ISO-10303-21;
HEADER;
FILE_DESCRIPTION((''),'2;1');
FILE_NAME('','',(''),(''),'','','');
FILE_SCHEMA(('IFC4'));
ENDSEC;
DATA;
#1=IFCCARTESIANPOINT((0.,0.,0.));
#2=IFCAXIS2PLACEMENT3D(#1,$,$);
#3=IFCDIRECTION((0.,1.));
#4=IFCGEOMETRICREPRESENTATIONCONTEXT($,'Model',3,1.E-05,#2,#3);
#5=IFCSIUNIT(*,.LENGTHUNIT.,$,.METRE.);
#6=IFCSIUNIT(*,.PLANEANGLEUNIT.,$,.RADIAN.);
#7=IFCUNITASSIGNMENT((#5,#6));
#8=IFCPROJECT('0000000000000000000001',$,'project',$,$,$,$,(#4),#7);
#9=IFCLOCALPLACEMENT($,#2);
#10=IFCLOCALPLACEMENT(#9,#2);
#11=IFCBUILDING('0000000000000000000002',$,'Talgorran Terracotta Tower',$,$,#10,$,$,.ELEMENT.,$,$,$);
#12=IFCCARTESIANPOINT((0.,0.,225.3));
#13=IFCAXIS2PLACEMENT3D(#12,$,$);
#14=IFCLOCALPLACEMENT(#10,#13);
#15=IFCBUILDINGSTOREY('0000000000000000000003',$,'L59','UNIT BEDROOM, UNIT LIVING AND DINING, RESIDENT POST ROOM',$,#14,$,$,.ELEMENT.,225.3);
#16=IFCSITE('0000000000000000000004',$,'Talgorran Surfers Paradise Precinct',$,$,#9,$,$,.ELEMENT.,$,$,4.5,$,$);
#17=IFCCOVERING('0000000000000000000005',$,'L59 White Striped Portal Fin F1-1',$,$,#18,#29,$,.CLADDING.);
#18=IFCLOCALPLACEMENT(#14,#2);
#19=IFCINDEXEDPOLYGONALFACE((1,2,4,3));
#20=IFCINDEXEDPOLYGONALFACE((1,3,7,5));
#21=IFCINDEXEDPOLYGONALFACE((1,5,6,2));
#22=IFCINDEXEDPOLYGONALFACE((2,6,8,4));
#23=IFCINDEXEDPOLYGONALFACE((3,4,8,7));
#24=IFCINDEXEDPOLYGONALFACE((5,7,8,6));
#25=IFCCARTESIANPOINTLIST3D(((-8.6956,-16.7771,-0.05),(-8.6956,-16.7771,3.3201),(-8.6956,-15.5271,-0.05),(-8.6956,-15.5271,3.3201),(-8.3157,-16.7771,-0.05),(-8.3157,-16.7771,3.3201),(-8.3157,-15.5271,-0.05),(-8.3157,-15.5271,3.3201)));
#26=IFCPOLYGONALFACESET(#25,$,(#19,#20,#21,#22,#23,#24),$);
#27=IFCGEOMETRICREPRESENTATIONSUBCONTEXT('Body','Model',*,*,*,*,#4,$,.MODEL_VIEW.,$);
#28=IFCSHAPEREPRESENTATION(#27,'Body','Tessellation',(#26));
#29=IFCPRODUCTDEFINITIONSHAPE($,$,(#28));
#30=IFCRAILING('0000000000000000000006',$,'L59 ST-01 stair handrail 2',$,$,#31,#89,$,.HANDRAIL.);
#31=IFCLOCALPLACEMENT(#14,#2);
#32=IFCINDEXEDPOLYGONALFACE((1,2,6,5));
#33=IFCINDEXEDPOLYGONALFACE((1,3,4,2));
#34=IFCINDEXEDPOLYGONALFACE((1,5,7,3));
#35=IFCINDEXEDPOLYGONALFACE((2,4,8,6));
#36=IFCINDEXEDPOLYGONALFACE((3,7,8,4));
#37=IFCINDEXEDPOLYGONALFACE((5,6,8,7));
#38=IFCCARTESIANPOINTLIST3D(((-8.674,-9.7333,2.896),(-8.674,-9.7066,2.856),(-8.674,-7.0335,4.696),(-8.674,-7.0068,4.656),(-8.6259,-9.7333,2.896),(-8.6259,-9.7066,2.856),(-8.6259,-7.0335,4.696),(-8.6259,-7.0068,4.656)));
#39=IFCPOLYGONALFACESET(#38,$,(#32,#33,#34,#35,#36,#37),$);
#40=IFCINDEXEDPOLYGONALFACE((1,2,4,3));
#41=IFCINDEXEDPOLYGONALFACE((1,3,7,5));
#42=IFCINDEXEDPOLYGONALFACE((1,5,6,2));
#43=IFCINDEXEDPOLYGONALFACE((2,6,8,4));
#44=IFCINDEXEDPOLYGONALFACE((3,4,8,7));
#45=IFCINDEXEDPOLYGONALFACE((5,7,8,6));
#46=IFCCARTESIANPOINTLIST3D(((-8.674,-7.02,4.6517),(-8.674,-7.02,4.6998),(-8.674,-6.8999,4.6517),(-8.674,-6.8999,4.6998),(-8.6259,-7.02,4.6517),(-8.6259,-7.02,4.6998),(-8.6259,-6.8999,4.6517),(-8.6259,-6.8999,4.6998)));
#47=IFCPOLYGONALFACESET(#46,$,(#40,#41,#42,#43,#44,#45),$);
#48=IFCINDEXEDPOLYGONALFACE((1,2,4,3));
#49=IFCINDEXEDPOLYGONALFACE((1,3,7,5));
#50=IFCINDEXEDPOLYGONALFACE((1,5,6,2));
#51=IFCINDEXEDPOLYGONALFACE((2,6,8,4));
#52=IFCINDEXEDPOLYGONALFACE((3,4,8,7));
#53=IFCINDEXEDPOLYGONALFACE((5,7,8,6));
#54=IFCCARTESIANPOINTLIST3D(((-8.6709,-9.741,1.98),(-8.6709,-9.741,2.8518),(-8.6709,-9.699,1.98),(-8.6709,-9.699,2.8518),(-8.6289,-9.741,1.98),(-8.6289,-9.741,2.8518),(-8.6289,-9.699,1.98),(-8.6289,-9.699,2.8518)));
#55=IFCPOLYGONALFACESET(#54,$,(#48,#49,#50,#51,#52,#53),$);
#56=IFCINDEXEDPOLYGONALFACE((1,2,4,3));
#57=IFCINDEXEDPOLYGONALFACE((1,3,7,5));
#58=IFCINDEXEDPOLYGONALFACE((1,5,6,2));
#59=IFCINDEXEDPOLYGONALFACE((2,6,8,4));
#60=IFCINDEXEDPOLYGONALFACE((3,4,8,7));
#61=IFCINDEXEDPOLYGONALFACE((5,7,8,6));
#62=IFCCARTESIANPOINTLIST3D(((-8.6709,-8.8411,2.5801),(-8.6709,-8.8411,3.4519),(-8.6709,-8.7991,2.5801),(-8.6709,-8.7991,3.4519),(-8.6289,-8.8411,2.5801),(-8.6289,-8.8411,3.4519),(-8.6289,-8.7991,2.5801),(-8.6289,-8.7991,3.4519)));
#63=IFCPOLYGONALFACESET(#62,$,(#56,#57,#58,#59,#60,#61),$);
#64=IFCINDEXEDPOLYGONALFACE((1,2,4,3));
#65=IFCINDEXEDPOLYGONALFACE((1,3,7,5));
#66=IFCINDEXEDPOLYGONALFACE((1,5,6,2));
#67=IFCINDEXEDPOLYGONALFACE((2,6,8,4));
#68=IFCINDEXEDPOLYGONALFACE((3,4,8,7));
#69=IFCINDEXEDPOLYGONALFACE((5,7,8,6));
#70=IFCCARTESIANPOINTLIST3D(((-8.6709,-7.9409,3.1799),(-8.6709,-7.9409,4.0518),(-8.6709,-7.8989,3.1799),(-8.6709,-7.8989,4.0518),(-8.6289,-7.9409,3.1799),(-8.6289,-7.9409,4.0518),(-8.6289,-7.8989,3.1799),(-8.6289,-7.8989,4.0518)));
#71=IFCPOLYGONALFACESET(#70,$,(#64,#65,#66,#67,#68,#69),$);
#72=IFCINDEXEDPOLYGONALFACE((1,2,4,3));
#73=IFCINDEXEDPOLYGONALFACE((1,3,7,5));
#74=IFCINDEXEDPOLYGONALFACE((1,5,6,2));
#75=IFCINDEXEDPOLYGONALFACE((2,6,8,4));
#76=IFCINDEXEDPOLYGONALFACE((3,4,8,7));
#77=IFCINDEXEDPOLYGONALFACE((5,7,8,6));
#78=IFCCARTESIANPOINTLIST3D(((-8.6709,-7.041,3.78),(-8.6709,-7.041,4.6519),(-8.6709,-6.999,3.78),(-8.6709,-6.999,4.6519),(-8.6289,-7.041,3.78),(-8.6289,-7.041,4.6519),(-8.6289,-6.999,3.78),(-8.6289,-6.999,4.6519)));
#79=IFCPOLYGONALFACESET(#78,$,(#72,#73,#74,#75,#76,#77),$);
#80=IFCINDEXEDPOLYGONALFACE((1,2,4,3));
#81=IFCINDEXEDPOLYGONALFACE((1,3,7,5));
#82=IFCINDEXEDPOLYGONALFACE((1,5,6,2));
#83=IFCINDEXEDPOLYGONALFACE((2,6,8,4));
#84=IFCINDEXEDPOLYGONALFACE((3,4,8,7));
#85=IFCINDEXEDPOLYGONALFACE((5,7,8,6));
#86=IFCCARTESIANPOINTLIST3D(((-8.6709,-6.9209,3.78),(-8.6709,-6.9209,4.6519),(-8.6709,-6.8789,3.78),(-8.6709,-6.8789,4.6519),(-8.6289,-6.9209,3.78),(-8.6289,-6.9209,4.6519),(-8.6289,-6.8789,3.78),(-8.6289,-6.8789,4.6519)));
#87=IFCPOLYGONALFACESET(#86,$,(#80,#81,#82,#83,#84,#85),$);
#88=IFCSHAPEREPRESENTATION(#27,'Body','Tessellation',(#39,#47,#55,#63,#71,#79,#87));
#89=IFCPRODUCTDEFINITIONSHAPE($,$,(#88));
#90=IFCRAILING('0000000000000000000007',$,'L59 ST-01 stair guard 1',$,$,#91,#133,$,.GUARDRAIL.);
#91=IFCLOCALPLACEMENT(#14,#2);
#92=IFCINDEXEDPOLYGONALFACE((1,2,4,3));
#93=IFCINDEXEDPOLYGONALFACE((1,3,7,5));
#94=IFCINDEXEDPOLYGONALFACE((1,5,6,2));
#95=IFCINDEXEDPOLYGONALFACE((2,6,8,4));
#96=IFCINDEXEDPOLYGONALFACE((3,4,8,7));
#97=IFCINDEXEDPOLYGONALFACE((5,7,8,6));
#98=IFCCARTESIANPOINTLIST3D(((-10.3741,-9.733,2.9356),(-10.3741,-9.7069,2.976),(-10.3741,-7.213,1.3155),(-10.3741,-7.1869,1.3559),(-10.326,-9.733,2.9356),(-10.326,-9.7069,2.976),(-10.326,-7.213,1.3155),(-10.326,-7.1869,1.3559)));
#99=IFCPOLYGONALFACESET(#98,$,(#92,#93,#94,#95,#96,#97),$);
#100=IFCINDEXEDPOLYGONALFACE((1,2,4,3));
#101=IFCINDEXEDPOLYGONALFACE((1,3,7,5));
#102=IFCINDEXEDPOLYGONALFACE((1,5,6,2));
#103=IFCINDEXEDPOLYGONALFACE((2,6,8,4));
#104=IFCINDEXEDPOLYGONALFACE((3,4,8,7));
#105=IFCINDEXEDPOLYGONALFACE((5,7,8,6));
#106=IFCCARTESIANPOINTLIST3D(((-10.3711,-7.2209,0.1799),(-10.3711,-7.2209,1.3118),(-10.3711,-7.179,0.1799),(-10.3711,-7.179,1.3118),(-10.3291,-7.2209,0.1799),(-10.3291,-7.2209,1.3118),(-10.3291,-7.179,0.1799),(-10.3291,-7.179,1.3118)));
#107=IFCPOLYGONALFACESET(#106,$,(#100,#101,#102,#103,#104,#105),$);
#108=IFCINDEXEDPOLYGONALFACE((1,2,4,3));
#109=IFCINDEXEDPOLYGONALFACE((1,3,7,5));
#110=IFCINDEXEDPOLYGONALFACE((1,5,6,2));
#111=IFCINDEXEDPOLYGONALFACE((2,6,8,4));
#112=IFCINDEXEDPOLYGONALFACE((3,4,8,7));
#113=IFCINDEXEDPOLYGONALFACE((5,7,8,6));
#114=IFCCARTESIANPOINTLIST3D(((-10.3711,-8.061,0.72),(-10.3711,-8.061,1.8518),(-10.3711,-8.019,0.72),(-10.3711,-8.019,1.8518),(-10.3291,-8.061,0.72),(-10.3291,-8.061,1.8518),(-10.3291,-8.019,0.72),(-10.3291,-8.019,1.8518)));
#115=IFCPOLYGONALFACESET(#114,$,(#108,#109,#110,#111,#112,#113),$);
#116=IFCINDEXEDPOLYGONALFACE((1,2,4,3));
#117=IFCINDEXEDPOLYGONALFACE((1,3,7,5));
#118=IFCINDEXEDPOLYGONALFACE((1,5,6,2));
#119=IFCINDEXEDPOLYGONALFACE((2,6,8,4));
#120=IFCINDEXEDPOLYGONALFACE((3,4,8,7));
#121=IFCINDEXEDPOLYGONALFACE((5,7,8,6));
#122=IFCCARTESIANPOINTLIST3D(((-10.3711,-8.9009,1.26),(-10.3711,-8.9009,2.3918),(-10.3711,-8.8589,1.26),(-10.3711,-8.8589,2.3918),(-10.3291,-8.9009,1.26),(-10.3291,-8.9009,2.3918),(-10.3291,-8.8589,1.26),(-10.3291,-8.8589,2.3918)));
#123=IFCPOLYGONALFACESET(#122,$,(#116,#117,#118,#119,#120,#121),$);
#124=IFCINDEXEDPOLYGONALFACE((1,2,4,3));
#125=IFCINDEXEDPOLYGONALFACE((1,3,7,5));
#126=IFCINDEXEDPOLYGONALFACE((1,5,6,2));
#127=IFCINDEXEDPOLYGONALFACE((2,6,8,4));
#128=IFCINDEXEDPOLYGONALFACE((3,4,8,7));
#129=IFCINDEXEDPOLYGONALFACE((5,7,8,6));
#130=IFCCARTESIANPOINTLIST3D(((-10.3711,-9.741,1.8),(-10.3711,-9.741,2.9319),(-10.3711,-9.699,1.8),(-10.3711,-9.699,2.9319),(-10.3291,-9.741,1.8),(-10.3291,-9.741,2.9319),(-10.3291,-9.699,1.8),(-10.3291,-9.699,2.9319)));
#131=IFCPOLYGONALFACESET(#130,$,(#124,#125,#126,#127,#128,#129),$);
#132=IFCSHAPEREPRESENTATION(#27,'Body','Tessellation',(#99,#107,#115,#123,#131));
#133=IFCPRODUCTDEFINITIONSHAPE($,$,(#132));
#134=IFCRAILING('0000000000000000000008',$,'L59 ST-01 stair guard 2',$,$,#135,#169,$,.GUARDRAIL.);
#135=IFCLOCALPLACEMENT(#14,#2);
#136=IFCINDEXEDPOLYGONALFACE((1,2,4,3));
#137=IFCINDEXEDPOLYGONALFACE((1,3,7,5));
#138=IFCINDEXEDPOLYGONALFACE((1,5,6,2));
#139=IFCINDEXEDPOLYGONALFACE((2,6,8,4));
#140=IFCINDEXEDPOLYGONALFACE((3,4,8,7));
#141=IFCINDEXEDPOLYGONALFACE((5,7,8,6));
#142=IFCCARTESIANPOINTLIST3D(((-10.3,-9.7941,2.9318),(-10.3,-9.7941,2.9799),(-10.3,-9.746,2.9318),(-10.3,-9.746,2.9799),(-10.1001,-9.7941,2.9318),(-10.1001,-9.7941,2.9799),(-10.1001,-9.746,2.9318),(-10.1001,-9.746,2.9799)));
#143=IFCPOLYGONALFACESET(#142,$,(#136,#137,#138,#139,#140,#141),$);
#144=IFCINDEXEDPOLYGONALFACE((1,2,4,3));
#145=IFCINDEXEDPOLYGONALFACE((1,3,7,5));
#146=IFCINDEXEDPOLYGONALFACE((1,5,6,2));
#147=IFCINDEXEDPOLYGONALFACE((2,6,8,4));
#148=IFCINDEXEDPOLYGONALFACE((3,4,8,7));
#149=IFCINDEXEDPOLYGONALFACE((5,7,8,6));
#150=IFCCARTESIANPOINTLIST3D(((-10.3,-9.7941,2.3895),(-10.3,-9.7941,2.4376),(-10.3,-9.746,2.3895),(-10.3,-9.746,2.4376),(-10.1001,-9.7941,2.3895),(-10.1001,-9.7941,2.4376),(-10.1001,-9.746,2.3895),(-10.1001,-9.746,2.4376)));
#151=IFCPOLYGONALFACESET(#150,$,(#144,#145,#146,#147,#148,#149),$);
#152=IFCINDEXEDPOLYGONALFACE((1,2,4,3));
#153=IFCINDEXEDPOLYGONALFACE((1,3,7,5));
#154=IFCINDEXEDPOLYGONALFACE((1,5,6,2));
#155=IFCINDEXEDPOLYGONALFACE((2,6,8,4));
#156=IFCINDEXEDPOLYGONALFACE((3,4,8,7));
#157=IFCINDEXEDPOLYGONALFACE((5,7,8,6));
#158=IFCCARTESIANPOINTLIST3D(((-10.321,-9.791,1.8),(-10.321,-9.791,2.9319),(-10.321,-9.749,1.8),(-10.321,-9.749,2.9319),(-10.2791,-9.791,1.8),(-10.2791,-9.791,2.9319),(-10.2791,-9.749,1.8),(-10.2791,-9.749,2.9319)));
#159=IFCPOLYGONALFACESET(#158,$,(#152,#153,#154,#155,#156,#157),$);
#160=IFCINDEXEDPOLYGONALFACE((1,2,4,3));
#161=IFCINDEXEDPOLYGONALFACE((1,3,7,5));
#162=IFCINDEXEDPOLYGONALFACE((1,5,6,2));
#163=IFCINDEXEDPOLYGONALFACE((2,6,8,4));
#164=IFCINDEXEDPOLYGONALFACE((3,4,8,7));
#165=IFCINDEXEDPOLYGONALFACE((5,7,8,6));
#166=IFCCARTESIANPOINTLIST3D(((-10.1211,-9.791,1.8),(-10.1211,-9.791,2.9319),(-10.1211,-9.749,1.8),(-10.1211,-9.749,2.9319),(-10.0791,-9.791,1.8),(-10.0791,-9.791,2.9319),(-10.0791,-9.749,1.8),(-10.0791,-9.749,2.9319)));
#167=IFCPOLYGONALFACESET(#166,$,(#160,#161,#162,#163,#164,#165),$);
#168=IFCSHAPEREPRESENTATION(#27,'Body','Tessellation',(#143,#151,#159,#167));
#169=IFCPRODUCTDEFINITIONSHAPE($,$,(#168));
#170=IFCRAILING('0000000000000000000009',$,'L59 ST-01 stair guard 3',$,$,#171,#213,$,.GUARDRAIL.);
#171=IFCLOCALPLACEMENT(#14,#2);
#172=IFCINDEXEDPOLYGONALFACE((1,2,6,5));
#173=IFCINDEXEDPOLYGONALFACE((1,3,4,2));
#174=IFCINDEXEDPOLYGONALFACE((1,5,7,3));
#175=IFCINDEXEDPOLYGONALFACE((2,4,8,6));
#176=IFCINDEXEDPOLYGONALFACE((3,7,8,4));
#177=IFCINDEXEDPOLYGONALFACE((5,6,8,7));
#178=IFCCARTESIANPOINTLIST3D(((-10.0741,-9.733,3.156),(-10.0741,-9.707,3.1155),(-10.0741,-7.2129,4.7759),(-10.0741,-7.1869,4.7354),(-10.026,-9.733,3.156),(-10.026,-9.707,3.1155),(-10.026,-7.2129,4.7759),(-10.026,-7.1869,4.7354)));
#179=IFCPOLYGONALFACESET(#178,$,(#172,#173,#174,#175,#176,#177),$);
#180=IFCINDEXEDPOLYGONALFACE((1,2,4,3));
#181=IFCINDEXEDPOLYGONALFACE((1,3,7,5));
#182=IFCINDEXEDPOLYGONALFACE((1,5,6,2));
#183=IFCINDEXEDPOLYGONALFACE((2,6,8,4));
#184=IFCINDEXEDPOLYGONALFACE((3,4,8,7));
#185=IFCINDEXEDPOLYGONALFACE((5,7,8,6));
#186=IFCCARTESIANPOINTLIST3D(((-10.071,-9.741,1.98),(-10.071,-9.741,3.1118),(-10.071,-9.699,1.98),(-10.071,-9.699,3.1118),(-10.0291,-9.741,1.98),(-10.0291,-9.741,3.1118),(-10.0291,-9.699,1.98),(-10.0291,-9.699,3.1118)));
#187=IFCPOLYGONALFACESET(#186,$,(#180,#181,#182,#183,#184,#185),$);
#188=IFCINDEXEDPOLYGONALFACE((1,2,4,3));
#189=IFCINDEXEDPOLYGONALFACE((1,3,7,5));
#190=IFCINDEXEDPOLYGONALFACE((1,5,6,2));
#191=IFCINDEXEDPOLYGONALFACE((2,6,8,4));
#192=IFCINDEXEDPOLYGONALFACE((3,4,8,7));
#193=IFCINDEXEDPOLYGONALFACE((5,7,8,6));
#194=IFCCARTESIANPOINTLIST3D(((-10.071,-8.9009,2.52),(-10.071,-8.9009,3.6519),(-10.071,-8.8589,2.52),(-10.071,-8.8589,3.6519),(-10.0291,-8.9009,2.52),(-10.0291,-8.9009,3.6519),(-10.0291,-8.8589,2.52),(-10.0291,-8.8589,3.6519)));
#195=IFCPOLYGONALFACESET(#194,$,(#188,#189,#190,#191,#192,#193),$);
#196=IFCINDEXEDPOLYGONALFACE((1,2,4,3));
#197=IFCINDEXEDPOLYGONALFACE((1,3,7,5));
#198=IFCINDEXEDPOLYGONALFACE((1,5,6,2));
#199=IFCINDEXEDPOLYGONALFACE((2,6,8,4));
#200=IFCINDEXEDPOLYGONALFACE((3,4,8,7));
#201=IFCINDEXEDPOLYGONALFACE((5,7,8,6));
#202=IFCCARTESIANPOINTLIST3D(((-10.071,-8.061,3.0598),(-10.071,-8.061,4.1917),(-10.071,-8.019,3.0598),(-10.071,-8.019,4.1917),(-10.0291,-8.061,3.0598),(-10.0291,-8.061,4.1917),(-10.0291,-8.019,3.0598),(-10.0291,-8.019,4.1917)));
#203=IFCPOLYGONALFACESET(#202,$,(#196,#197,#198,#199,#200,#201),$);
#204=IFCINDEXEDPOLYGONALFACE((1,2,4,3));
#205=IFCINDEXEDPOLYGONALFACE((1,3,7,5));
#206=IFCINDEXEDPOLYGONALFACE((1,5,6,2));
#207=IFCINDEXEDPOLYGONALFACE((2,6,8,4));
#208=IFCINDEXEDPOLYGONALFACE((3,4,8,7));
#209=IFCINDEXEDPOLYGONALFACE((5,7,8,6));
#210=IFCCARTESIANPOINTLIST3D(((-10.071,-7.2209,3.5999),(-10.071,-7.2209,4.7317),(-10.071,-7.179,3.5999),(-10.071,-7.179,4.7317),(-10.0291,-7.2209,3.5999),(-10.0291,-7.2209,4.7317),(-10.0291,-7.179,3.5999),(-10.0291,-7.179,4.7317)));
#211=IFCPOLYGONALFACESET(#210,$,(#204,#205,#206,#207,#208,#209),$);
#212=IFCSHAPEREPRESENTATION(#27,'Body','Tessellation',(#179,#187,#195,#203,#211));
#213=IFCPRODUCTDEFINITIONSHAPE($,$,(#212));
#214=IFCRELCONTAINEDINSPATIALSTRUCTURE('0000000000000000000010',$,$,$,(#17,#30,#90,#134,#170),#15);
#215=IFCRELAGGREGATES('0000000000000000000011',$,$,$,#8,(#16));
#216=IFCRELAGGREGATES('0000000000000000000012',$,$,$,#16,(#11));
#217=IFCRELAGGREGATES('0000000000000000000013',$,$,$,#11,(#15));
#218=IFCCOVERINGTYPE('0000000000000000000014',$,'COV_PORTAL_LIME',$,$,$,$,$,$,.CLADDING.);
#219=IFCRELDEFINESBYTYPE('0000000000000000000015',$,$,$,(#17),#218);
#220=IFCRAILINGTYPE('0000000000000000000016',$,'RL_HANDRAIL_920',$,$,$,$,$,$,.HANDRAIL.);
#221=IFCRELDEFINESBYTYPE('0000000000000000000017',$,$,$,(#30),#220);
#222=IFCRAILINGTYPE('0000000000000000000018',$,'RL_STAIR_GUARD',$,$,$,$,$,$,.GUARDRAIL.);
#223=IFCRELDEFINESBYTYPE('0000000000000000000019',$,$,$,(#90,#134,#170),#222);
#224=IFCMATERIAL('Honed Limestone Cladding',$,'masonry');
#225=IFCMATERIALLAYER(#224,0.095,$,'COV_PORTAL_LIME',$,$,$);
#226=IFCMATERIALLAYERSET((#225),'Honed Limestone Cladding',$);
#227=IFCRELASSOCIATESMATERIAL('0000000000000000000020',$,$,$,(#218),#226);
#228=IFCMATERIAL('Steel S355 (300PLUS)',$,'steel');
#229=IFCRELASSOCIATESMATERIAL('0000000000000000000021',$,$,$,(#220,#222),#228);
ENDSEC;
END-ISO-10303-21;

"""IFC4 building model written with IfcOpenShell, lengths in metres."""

from ifc_helpers import new_model, si_unit, direction, frame, origin, origin_2d, place, context, subcontext, project, spatial, rectangle, extrude, material, layer, layer_set, type_object, element, save


model = new_model("IFC4")

# Units and contexts
model_context = context("Model", 3, precision=1e-05, world=origin(), true_north=direction((0.0, 1.0)))
body_context = subcontext(model_context, "Body", "Model", "MODEL_VIEW")
ifc_project = project(units=[si_unit("LENGTHUNIT", "METRE"), si_unit("PLANEANGLEUNIT", "RADIAN")], contexts=[model_context])

# Site, building, storey
site_placement = place(None, origin())
site = spatial("IfcSite", under=ifc_project, at=site_placement, Name="Talgorran Surfers Paradise Precinct", CompositionType="ELEMENT", RefElevation=4.5)
building_placement = place(site_placement, origin())
building = spatial("IfcBuilding", under=site, at=building_placement, Name="Talgorran Terracotta Tower", CompositionType="ELEMENT")
storey_placement = place(building_placement, frame((0.0, 0.0, 225.3)))
storey = spatial("IfcBuildingStorey", under=building, at=storey_placement, Name="L59", Description="UNIT BEDROOM, UNIT LIVING AND DINING, RESIDENT POST ROOM", CompositionType="ELEMENT", Elevation=225.3)

# Shared definitions
ifc_material_1 = material(Name="Steel S355 (300PLUS)", Category="steel")

# Covering
ifc_material_2 = material(Name="Honed Limestone Cladding", Category="masonry")
ifc_layer_1 = layer(ifc_material_2, 0.095, Name="COV_PORTAL_LIME")
ifc_layer_set_1 = layer_set([ifc_layer_1], Name="Honed Limestone Cladding")
covering_type_1 = type_object("IfcCoveringType", Name="COV_PORTAL_LIME", PredefinedType="CLADDING", material=ifc_layer_set_1)
covering_1_placement = place(storey_placement, frame((-8.5056, -16.1521, -0.05), z_axis=(0.0, 0.0, 1.0), x_axis=(1.0, 0.0, 0.0)))
element("IfcCovering", 1, at=covering_1_placement, inside=storey, type_object=covering_type_1, Name="L59 White Striped Portal Fin F1-1", PredefinedType="CLADDING", context=body_context, shape_type="SweptSolid", body=[
    extrude(rectangle(XDim=0.3799, YDim=1.25, at=origin_2d()), origin(), (0.0, 0.0, 1.0), 3.3701),
])

# Railings
railing_type_1 = type_object("IfcRailingType", Name="RL_HANDRAIL_920", PredefinedType="HANDRAIL", material=ifc_material_1)
railing_1_placement = place(storey_placement, frame((-8.6499, -9.72, 1.98)))
element("IfcRailing", 2, at=railing_1_placement, inside=storey, type_object=railing_type_1, Name="L59 ST-01 stair handrail 2", PredefinedType="HANDRAIL", context=body_context, shape_type="SweptSolid", body=[
    extrude(rectangle(XDim=0.0481, YDim=0.0481, at=origin_2d()), frame((0.0, 0.0, 0.896), z_axis=(0.0, 0.832039, 0.554718), x_axis=(-1.0, 0.0, 0.0)), (0.0, 0.0, 1.0), 3.2449),
    extrude(rectangle(XDim=0.0481, YDim=0.0481, at=origin_2d()), frame((0.0, 2.7, 2.6958), z_axis=(0.0, 1.0, 0.0), x_axis=(-1.0, 0.0, 0.0)), (0.0, 0.0, 1.0), 0.1201),
    extrude(rectangle(XDim=0.042, YDim=0.042, at=origin_2d()), origin(), (0.0, 0.0, 1.0), 0.8718),
    extrude(rectangle(XDim=0.042, YDim=0.042, at=origin_2d()), frame((0.0, 0.8999, 0.6001)), (0.0, 0.0, 1.0), 0.8718),
    extrude(rectangle(XDim=0.042, YDim=0.042, at=origin_2d()), frame((0.0, 1.8, 1.2)), (0.0, 0.0, 1.0), 0.8718),
    extrude(rectangle(XDim=0.042, YDim=0.042, at=origin_2d()), frame((0.0, 2.7, 1.8)), (0.0, 0.0, 1.0), 0.8718),
    extrude(rectangle(XDim=0.042, YDim=0.042, at=origin_2d()), frame((0.0, 2.8201, 1.8)), (0.0, 0.0, 1.0), 0.8718),
])
railing_type_2 = type_object("IfcRailingType", Name="RL_STAIR_GUARD", PredefinedType="GUARDRAIL", material=ifc_material_1)
railing_2_placement = place(storey_placement, frame((-10.3501, -7.2, 0.1799)))
element("IfcRailing", 3, at=railing_2_placement, inside=storey, type_object=railing_type_2, Name="L59 ST-01 stair guard 1", PredefinedType="GUARDRAIL", context=body_context, shape_type="SweptSolid", body=[
    extrude(rectangle(XDim=0.0481, YDim=0.0481, at=origin_2d()), frame((0.0, 0.0, 1.1558), z_axis=(0.0, -0.841163, 0.540782), x_axis=(1.0, 0.0, 0.0)), (0.0, 0.0, 1.0), 2.9958),
    extrude(rectangle(XDim=0.042, YDim=0.042, at=origin_2d()), origin(), (0.0, 0.0, 1.0), 1.1318),
    extrude(rectangle(XDim=0.042, YDim=0.042, at=origin_2d()), frame((0.0, -0.8401, 0.54)), (0.0, 0.0, 1.0), 1.1318),
    extrude(rectangle(XDim=0.042, YDim=0.042, at=origin_2d()), frame((0.0, -1.6799, 1.0801)), (0.0, 0.0, 1.0), 1.1318),
    extrude(rectangle(XDim=0.042, YDim=0.042, at=origin_2d()), frame((0.0, -2.52, 1.6201)), (0.0, 0.0, 1.0), 1.1318),
])
railing_3_placement = place(storey_placement, frame((-10.3, -9.77, 1.8)))
element("IfcRailing", 4, at=railing_3_placement, inside=storey, type_object=railing_type_2, Name="L59 ST-01 stair guard 2", PredefinedType="GUARDRAIL", context=body_context, shape_type="SweptSolid", body=[
    extrude(rectangle(XDim=0.0481, YDim=0.0481, at=origin_2d()), frame((0.0, 0.0, 1.1558), z_axis=(1.0, 0.0, 0.0), x_axis=(0.0, 1.0, 0.0)), (0.0, 0.0, 1.0), 0.2),
    extrude(rectangle(XDim=0.0481, YDim=0.0481, at=origin_2d()), frame((0.0, 0.0, 0.6135), z_axis=(1.0, 0.0, 0.0), x_axis=(0.0, 1.0, 0.0)), (0.0, 0.0, 1.0), 0.2),
    extrude(rectangle(XDim=0.042, YDim=0.042, at=origin_2d()), origin(), (0.0, 0.0, 1.0), 1.1318),
    extrude(rectangle(XDim=0.042, YDim=0.042, at=origin_2d()), frame((0.2, 0.0, 0.0)), (0.0, 0.0, 1.0), 1.1318),
])
railing_4_placement = place(storey_placement, frame((-10.05, -9.72, 1.98)))
element("IfcRailing", 5, at=railing_4_placement, inside=storey, type_object=railing_type_2, Name="L59 ST-01 stair guard 3", PredefinedType="GUARDRAIL", context=body_context, shape_type="SweptSolid", body=[
    extrude(rectangle(XDim=0.0481, YDim=0.0481, at=origin_2d()), frame((0.0, 0.0, 1.1558), z_axis=(0.0, 0.8412, 0.540725), x_axis=(-1.0, 0.0, 0.0)), (0.0, 0.0, 1.0), 2.9958),
    extrude(rectangle(XDim=0.042, YDim=0.042, at=origin_2d()), origin(), (0.0, 0.0, 1.0), 1.1318),
    extrude(rectangle(XDim=0.042, YDim=0.042, at=origin_2d()), frame((0.0, 0.8401, 0.54)), (0.0, 0.0, 1.0), 1.1318),
    extrude(rectangle(XDim=0.042, YDim=0.042, at=origin_2d()), frame((0.0, 1.6799, 1.0798)), (0.0, 0.0, 1.0), 1.1318),
    extrude(rectangle(XDim=0.042, YDim=0.042, at=origin_2d()), frame((0.0, 2.52, 1.6199)), (0.0, 0.0, 1.0), 1.1318),
])

save(model, "model.ifc")
